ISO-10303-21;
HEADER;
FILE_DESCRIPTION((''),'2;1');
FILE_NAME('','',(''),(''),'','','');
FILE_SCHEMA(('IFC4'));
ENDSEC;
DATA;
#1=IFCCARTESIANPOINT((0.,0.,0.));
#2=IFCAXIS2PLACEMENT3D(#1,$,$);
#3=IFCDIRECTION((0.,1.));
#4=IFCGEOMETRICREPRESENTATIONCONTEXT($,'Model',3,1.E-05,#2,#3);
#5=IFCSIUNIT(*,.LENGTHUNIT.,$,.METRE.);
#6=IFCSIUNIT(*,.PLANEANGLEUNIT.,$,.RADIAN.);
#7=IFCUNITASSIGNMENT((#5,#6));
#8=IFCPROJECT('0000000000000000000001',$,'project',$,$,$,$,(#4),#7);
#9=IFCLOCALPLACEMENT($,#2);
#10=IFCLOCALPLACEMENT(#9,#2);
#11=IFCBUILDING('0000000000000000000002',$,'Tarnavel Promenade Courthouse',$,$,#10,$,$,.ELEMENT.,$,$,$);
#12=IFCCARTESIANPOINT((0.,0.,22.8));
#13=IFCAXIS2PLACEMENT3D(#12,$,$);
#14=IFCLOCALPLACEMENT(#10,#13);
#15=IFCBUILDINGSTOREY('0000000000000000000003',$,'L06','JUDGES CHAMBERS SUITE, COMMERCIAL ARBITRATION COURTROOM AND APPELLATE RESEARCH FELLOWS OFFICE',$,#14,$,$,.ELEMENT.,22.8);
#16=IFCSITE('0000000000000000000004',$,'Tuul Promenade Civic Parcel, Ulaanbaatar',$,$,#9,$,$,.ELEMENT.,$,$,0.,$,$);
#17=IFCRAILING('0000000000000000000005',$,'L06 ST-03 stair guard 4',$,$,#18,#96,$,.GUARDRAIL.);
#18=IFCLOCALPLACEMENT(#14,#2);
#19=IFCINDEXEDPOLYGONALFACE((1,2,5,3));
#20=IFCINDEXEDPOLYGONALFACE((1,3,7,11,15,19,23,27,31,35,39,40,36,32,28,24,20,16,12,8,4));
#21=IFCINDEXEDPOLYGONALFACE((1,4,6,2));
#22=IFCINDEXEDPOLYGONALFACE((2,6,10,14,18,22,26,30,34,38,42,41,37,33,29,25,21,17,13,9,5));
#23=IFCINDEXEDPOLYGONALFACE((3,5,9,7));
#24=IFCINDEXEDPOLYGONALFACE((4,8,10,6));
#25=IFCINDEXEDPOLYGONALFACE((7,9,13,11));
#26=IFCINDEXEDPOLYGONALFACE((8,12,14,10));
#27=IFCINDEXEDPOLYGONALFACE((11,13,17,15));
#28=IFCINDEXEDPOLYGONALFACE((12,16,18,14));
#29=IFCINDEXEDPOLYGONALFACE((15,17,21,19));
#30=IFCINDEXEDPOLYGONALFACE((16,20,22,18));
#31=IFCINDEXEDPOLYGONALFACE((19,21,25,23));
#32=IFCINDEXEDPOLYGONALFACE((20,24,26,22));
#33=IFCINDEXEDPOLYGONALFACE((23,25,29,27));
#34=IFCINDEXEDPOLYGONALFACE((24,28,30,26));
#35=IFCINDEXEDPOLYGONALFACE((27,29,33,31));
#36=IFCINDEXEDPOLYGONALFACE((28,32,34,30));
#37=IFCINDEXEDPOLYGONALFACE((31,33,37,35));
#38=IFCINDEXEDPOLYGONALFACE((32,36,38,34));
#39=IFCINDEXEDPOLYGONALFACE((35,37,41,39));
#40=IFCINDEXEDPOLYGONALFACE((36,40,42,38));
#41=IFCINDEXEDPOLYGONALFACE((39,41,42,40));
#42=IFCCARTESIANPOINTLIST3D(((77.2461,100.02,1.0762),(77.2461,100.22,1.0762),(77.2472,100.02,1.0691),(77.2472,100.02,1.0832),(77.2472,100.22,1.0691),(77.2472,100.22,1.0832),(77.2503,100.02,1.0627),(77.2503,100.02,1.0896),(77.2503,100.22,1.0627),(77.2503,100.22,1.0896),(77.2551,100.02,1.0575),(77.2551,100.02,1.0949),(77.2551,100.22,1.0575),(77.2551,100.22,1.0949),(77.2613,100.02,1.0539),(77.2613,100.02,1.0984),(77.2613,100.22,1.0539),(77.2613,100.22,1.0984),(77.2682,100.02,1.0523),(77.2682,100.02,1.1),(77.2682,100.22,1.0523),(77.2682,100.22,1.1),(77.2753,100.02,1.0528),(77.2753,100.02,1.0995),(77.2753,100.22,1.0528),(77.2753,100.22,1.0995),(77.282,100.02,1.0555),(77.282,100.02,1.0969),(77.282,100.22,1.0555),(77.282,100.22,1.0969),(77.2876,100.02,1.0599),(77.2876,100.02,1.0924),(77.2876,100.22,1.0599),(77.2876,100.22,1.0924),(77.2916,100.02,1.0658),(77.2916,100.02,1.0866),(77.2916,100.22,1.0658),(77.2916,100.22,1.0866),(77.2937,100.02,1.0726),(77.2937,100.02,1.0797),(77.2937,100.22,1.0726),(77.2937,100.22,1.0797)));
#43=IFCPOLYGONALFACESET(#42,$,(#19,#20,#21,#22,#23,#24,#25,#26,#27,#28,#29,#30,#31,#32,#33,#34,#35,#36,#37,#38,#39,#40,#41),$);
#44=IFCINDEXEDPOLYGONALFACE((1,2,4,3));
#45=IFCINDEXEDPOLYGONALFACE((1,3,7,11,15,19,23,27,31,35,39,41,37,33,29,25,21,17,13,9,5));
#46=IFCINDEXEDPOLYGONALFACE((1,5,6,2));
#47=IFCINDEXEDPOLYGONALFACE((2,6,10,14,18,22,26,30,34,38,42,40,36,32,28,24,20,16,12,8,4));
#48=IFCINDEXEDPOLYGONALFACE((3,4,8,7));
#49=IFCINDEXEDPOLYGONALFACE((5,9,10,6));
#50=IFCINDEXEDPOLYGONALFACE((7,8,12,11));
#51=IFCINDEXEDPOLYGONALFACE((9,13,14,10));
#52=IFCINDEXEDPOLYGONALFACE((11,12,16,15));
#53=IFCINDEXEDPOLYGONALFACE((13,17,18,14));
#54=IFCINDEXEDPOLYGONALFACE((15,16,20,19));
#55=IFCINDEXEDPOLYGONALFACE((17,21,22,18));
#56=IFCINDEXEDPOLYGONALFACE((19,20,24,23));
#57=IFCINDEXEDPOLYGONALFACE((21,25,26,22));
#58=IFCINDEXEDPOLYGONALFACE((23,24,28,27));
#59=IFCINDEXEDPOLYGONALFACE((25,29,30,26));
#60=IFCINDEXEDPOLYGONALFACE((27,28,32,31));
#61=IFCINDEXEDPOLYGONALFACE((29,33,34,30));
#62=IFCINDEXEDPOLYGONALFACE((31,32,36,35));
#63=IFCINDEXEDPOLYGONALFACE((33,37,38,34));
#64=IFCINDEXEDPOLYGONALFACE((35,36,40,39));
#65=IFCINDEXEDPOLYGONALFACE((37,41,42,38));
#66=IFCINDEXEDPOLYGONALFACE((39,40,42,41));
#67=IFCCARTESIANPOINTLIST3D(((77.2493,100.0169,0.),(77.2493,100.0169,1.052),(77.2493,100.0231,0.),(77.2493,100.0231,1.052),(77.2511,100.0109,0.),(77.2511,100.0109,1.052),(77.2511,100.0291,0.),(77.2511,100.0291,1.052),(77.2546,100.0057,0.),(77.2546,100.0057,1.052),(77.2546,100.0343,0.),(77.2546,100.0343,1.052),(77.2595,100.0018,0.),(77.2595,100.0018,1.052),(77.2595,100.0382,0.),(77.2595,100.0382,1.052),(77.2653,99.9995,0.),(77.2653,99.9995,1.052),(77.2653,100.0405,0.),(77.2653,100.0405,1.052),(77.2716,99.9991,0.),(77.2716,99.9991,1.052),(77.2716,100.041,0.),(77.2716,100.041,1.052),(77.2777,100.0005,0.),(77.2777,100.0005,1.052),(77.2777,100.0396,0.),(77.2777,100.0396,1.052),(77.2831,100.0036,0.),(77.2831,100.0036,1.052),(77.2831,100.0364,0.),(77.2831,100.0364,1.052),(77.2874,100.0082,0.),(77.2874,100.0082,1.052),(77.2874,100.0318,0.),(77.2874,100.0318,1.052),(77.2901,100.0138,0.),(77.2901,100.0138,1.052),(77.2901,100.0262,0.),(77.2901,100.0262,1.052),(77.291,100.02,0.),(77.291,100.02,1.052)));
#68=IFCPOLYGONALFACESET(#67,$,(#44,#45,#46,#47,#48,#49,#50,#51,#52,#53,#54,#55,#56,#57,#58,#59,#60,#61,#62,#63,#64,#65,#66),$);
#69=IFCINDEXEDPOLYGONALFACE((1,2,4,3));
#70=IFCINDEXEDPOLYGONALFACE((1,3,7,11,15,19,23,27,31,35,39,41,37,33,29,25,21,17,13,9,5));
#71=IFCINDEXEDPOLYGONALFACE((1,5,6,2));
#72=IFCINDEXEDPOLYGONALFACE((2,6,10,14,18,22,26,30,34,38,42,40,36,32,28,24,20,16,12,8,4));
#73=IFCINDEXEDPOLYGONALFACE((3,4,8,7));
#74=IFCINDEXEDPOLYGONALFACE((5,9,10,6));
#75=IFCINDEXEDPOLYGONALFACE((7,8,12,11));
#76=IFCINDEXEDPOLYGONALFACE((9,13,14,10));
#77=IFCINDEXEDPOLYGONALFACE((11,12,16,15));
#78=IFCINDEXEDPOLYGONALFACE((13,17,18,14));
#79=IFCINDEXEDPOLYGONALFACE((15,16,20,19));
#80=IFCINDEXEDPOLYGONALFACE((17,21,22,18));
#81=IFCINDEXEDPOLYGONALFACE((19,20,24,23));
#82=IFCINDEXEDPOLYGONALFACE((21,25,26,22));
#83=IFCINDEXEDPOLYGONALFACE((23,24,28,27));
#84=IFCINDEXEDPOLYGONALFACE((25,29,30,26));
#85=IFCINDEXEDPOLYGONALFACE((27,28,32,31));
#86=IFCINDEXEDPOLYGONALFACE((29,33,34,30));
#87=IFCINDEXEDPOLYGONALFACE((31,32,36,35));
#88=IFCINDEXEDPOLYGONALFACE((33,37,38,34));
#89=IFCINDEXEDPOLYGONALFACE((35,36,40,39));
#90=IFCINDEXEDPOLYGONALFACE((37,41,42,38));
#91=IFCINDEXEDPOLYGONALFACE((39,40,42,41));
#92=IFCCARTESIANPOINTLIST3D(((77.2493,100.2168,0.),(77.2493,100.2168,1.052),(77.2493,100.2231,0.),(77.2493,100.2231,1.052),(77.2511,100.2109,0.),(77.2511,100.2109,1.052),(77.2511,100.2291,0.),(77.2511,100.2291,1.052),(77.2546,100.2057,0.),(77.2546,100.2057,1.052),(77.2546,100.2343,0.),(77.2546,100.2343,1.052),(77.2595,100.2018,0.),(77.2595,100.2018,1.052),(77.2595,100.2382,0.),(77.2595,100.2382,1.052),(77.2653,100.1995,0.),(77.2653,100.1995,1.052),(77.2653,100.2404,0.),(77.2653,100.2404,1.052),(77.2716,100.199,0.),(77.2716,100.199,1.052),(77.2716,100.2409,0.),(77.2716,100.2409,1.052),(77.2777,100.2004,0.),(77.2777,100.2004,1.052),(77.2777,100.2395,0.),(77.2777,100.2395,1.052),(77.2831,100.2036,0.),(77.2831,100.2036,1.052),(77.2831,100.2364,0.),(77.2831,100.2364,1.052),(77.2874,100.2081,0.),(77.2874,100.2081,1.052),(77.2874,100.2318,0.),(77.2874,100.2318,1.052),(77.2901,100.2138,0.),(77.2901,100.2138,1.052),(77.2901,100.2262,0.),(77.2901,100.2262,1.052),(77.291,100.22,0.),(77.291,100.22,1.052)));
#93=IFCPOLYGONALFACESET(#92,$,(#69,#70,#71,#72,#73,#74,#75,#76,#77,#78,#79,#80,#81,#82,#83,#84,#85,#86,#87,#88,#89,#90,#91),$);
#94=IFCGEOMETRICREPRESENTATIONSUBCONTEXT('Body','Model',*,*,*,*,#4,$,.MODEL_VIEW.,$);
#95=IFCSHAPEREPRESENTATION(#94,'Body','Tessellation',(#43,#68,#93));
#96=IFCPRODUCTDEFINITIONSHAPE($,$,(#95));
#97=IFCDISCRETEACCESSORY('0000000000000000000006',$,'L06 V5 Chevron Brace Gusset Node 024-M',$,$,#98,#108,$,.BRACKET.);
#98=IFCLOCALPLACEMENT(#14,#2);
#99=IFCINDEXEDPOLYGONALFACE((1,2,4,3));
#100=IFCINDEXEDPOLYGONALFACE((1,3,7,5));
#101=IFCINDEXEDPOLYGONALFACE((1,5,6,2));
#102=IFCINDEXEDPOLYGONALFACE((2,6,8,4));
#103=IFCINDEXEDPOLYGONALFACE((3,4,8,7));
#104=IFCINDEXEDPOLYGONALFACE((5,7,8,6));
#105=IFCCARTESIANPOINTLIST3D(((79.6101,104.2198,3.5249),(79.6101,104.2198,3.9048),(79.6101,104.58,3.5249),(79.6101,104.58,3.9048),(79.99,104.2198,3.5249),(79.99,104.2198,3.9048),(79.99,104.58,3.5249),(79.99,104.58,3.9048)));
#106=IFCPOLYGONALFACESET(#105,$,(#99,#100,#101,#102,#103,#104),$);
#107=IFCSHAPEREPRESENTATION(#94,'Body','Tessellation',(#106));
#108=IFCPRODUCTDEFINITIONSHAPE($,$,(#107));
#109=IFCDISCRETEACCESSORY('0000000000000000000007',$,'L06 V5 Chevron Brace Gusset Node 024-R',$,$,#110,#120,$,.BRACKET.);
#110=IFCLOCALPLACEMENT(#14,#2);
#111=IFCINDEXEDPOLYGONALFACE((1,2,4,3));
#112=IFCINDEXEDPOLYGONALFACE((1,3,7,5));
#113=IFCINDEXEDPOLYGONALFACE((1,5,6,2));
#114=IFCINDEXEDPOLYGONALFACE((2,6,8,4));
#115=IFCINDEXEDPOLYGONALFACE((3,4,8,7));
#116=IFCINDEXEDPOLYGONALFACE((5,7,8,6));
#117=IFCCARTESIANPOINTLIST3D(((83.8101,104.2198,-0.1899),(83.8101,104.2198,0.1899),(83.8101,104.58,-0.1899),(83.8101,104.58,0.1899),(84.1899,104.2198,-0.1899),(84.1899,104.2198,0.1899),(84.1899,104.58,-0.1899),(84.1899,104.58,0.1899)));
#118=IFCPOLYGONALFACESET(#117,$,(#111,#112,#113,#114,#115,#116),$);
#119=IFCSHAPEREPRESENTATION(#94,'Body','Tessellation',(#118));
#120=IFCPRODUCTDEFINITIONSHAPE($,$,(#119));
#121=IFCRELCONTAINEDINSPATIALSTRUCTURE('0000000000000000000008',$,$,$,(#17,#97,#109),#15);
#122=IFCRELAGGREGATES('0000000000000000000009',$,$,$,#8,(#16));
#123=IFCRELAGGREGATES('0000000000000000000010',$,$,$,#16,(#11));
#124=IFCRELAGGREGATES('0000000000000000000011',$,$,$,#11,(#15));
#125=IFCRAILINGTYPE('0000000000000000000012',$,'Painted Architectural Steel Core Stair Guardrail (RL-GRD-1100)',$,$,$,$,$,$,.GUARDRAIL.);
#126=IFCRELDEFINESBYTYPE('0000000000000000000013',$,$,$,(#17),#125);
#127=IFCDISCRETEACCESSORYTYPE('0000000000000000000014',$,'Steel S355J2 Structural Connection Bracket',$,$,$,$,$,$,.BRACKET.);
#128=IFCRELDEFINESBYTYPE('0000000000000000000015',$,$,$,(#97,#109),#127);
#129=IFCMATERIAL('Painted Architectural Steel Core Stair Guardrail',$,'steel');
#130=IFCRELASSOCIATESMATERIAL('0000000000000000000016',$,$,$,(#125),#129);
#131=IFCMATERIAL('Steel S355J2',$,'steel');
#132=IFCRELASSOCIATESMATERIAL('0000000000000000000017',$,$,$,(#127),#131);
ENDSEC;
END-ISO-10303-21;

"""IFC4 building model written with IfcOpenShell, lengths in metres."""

from ifc_helpers import new_model, si_unit, direction, frame, origin, origin_2d, place, context, subcontext, project, spatial, rectangle, circle, extrude, material, type_object, element, save


model = new_model("IFC4")

# Units and contexts
model_context = context("Model", 3, precision=1e-05, world=origin(), true_north=direction((0.0, 1.0)))
body_context = subcontext(model_context, "Body", "Model", "MODEL_VIEW")
ifc_project = project(units=[si_unit("LENGTHUNIT", "METRE"), si_unit("PLANEANGLEUNIT", "RADIAN")], contexts=[model_context])

# Site, building, storey
site_placement = place(None, origin())
site = spatial("IfcSite", under=ifc_project, at=site_placement, Name="Tuul Promenade Civic Parcel, Ulaanbaatar", CompositionType="ELEMENT", RefElevation=0.0)
building_placement = place(site_placement, origin())
building = spatial("IfcBuilding", under=site, at=building_placement, Name="Tarnavel Promenade Courthouse", CompositionType="ELEMENT")
storey_placement = place(building_placement, frame((0.0, 0.0, 22.8)))
storey = spatial("IfcBuildingStorey", under=building, at=storey_placement, Name="L06", Description="JUDGES CHAMBERS SUITE, COMMERCIAL ARBITRATION COURTROOM AND APPELLATE RESEARCH FELLOWS OFFICE", CompositionType="ELEMENT", Elevation=22.8)

# Shared definitions
ifc_material_1 = material(Name="Steel S355J2", Category="steel")

# Railing
ifc_material_2 = material(Name="Painted Architectural Steel Core Stair Guardrail", Category="steel")
railing_type_1 = type_object("IfcRailingType", Name="Painted Architectural Steel Core Stair Guardrail (RL-GRD-1100)", PredefinedType="GUARDRAIL", material=ifc_material_2)
railing_1_placement = place(storey_placement, frame((77.27, 100.02, 0.0)))
element("IfcRailing", 1, at=railing_1_placement, inside=storey, type_object=railing_type_1, Name="L06 ST-03 stair guard 4", PredefinedType="GUARDRAIL", context=body_context, shape_type="SweptSolid", body=[
    extrude(circle(Radius=0.0239, at=origin_2d()), frame((0.0, 0.0, 1.0762), z_axis=(0.0, 1.0, 0.0), x_axis=(-1.0, 0.0, 0.0)), (0.0, 0.0, 1.0), 0.2),
    extrude(circle(Radius=0.021, at=origin_2d()), origin(), (0.0, 0.0, 1.0), 1.052),
    extrude(circle(Radius=0.021, at=origin_2d()), frame((0.0, 0.2, 0.0)), (0.0, 0.0, 1.0), 1.052),
])

# Discrete accessories
discrete_accessory_type = type_object("IfcDiscreteAccessoryType", Name="Steel S355J2 Structural Connection Bracket", PredefinedType="BRACKET", material=ifc_material_1)
for number, where, z_axis, x_axis, name in (
    (2, (79.8, 104.3999, 3.5249), (0.0, 0.0, 1.0), (1.0, 0.0, 0.0), "L06 V5 Chevron Brace Gusset Node 024-M"),
    (3, (84.0, 104.3999, -0.1899), (0.0, 0.0, 1.0), (1.0, 0.0, 0.0), "L06 V5 Chevron Brace Gusset Node 024-R"),
):
    element("IfcDiscreteAccessory", number, at=place(storey_placement, frame(where, z_axis=z_axis, x_axis=x_axis)), inside=storey, type_object=discrete_accessory_type, Name=name, PredefinedType="BRACKET", context=body_context, shape_type="SweptSolid", body=[
        extrude(rectangle(XDim=0.3799, YDim=0.3601, at=origin_2d()), origin(), (0.0, 0.0, 1.0), 0.3799),
    ])

save(model, "model.ifc")
